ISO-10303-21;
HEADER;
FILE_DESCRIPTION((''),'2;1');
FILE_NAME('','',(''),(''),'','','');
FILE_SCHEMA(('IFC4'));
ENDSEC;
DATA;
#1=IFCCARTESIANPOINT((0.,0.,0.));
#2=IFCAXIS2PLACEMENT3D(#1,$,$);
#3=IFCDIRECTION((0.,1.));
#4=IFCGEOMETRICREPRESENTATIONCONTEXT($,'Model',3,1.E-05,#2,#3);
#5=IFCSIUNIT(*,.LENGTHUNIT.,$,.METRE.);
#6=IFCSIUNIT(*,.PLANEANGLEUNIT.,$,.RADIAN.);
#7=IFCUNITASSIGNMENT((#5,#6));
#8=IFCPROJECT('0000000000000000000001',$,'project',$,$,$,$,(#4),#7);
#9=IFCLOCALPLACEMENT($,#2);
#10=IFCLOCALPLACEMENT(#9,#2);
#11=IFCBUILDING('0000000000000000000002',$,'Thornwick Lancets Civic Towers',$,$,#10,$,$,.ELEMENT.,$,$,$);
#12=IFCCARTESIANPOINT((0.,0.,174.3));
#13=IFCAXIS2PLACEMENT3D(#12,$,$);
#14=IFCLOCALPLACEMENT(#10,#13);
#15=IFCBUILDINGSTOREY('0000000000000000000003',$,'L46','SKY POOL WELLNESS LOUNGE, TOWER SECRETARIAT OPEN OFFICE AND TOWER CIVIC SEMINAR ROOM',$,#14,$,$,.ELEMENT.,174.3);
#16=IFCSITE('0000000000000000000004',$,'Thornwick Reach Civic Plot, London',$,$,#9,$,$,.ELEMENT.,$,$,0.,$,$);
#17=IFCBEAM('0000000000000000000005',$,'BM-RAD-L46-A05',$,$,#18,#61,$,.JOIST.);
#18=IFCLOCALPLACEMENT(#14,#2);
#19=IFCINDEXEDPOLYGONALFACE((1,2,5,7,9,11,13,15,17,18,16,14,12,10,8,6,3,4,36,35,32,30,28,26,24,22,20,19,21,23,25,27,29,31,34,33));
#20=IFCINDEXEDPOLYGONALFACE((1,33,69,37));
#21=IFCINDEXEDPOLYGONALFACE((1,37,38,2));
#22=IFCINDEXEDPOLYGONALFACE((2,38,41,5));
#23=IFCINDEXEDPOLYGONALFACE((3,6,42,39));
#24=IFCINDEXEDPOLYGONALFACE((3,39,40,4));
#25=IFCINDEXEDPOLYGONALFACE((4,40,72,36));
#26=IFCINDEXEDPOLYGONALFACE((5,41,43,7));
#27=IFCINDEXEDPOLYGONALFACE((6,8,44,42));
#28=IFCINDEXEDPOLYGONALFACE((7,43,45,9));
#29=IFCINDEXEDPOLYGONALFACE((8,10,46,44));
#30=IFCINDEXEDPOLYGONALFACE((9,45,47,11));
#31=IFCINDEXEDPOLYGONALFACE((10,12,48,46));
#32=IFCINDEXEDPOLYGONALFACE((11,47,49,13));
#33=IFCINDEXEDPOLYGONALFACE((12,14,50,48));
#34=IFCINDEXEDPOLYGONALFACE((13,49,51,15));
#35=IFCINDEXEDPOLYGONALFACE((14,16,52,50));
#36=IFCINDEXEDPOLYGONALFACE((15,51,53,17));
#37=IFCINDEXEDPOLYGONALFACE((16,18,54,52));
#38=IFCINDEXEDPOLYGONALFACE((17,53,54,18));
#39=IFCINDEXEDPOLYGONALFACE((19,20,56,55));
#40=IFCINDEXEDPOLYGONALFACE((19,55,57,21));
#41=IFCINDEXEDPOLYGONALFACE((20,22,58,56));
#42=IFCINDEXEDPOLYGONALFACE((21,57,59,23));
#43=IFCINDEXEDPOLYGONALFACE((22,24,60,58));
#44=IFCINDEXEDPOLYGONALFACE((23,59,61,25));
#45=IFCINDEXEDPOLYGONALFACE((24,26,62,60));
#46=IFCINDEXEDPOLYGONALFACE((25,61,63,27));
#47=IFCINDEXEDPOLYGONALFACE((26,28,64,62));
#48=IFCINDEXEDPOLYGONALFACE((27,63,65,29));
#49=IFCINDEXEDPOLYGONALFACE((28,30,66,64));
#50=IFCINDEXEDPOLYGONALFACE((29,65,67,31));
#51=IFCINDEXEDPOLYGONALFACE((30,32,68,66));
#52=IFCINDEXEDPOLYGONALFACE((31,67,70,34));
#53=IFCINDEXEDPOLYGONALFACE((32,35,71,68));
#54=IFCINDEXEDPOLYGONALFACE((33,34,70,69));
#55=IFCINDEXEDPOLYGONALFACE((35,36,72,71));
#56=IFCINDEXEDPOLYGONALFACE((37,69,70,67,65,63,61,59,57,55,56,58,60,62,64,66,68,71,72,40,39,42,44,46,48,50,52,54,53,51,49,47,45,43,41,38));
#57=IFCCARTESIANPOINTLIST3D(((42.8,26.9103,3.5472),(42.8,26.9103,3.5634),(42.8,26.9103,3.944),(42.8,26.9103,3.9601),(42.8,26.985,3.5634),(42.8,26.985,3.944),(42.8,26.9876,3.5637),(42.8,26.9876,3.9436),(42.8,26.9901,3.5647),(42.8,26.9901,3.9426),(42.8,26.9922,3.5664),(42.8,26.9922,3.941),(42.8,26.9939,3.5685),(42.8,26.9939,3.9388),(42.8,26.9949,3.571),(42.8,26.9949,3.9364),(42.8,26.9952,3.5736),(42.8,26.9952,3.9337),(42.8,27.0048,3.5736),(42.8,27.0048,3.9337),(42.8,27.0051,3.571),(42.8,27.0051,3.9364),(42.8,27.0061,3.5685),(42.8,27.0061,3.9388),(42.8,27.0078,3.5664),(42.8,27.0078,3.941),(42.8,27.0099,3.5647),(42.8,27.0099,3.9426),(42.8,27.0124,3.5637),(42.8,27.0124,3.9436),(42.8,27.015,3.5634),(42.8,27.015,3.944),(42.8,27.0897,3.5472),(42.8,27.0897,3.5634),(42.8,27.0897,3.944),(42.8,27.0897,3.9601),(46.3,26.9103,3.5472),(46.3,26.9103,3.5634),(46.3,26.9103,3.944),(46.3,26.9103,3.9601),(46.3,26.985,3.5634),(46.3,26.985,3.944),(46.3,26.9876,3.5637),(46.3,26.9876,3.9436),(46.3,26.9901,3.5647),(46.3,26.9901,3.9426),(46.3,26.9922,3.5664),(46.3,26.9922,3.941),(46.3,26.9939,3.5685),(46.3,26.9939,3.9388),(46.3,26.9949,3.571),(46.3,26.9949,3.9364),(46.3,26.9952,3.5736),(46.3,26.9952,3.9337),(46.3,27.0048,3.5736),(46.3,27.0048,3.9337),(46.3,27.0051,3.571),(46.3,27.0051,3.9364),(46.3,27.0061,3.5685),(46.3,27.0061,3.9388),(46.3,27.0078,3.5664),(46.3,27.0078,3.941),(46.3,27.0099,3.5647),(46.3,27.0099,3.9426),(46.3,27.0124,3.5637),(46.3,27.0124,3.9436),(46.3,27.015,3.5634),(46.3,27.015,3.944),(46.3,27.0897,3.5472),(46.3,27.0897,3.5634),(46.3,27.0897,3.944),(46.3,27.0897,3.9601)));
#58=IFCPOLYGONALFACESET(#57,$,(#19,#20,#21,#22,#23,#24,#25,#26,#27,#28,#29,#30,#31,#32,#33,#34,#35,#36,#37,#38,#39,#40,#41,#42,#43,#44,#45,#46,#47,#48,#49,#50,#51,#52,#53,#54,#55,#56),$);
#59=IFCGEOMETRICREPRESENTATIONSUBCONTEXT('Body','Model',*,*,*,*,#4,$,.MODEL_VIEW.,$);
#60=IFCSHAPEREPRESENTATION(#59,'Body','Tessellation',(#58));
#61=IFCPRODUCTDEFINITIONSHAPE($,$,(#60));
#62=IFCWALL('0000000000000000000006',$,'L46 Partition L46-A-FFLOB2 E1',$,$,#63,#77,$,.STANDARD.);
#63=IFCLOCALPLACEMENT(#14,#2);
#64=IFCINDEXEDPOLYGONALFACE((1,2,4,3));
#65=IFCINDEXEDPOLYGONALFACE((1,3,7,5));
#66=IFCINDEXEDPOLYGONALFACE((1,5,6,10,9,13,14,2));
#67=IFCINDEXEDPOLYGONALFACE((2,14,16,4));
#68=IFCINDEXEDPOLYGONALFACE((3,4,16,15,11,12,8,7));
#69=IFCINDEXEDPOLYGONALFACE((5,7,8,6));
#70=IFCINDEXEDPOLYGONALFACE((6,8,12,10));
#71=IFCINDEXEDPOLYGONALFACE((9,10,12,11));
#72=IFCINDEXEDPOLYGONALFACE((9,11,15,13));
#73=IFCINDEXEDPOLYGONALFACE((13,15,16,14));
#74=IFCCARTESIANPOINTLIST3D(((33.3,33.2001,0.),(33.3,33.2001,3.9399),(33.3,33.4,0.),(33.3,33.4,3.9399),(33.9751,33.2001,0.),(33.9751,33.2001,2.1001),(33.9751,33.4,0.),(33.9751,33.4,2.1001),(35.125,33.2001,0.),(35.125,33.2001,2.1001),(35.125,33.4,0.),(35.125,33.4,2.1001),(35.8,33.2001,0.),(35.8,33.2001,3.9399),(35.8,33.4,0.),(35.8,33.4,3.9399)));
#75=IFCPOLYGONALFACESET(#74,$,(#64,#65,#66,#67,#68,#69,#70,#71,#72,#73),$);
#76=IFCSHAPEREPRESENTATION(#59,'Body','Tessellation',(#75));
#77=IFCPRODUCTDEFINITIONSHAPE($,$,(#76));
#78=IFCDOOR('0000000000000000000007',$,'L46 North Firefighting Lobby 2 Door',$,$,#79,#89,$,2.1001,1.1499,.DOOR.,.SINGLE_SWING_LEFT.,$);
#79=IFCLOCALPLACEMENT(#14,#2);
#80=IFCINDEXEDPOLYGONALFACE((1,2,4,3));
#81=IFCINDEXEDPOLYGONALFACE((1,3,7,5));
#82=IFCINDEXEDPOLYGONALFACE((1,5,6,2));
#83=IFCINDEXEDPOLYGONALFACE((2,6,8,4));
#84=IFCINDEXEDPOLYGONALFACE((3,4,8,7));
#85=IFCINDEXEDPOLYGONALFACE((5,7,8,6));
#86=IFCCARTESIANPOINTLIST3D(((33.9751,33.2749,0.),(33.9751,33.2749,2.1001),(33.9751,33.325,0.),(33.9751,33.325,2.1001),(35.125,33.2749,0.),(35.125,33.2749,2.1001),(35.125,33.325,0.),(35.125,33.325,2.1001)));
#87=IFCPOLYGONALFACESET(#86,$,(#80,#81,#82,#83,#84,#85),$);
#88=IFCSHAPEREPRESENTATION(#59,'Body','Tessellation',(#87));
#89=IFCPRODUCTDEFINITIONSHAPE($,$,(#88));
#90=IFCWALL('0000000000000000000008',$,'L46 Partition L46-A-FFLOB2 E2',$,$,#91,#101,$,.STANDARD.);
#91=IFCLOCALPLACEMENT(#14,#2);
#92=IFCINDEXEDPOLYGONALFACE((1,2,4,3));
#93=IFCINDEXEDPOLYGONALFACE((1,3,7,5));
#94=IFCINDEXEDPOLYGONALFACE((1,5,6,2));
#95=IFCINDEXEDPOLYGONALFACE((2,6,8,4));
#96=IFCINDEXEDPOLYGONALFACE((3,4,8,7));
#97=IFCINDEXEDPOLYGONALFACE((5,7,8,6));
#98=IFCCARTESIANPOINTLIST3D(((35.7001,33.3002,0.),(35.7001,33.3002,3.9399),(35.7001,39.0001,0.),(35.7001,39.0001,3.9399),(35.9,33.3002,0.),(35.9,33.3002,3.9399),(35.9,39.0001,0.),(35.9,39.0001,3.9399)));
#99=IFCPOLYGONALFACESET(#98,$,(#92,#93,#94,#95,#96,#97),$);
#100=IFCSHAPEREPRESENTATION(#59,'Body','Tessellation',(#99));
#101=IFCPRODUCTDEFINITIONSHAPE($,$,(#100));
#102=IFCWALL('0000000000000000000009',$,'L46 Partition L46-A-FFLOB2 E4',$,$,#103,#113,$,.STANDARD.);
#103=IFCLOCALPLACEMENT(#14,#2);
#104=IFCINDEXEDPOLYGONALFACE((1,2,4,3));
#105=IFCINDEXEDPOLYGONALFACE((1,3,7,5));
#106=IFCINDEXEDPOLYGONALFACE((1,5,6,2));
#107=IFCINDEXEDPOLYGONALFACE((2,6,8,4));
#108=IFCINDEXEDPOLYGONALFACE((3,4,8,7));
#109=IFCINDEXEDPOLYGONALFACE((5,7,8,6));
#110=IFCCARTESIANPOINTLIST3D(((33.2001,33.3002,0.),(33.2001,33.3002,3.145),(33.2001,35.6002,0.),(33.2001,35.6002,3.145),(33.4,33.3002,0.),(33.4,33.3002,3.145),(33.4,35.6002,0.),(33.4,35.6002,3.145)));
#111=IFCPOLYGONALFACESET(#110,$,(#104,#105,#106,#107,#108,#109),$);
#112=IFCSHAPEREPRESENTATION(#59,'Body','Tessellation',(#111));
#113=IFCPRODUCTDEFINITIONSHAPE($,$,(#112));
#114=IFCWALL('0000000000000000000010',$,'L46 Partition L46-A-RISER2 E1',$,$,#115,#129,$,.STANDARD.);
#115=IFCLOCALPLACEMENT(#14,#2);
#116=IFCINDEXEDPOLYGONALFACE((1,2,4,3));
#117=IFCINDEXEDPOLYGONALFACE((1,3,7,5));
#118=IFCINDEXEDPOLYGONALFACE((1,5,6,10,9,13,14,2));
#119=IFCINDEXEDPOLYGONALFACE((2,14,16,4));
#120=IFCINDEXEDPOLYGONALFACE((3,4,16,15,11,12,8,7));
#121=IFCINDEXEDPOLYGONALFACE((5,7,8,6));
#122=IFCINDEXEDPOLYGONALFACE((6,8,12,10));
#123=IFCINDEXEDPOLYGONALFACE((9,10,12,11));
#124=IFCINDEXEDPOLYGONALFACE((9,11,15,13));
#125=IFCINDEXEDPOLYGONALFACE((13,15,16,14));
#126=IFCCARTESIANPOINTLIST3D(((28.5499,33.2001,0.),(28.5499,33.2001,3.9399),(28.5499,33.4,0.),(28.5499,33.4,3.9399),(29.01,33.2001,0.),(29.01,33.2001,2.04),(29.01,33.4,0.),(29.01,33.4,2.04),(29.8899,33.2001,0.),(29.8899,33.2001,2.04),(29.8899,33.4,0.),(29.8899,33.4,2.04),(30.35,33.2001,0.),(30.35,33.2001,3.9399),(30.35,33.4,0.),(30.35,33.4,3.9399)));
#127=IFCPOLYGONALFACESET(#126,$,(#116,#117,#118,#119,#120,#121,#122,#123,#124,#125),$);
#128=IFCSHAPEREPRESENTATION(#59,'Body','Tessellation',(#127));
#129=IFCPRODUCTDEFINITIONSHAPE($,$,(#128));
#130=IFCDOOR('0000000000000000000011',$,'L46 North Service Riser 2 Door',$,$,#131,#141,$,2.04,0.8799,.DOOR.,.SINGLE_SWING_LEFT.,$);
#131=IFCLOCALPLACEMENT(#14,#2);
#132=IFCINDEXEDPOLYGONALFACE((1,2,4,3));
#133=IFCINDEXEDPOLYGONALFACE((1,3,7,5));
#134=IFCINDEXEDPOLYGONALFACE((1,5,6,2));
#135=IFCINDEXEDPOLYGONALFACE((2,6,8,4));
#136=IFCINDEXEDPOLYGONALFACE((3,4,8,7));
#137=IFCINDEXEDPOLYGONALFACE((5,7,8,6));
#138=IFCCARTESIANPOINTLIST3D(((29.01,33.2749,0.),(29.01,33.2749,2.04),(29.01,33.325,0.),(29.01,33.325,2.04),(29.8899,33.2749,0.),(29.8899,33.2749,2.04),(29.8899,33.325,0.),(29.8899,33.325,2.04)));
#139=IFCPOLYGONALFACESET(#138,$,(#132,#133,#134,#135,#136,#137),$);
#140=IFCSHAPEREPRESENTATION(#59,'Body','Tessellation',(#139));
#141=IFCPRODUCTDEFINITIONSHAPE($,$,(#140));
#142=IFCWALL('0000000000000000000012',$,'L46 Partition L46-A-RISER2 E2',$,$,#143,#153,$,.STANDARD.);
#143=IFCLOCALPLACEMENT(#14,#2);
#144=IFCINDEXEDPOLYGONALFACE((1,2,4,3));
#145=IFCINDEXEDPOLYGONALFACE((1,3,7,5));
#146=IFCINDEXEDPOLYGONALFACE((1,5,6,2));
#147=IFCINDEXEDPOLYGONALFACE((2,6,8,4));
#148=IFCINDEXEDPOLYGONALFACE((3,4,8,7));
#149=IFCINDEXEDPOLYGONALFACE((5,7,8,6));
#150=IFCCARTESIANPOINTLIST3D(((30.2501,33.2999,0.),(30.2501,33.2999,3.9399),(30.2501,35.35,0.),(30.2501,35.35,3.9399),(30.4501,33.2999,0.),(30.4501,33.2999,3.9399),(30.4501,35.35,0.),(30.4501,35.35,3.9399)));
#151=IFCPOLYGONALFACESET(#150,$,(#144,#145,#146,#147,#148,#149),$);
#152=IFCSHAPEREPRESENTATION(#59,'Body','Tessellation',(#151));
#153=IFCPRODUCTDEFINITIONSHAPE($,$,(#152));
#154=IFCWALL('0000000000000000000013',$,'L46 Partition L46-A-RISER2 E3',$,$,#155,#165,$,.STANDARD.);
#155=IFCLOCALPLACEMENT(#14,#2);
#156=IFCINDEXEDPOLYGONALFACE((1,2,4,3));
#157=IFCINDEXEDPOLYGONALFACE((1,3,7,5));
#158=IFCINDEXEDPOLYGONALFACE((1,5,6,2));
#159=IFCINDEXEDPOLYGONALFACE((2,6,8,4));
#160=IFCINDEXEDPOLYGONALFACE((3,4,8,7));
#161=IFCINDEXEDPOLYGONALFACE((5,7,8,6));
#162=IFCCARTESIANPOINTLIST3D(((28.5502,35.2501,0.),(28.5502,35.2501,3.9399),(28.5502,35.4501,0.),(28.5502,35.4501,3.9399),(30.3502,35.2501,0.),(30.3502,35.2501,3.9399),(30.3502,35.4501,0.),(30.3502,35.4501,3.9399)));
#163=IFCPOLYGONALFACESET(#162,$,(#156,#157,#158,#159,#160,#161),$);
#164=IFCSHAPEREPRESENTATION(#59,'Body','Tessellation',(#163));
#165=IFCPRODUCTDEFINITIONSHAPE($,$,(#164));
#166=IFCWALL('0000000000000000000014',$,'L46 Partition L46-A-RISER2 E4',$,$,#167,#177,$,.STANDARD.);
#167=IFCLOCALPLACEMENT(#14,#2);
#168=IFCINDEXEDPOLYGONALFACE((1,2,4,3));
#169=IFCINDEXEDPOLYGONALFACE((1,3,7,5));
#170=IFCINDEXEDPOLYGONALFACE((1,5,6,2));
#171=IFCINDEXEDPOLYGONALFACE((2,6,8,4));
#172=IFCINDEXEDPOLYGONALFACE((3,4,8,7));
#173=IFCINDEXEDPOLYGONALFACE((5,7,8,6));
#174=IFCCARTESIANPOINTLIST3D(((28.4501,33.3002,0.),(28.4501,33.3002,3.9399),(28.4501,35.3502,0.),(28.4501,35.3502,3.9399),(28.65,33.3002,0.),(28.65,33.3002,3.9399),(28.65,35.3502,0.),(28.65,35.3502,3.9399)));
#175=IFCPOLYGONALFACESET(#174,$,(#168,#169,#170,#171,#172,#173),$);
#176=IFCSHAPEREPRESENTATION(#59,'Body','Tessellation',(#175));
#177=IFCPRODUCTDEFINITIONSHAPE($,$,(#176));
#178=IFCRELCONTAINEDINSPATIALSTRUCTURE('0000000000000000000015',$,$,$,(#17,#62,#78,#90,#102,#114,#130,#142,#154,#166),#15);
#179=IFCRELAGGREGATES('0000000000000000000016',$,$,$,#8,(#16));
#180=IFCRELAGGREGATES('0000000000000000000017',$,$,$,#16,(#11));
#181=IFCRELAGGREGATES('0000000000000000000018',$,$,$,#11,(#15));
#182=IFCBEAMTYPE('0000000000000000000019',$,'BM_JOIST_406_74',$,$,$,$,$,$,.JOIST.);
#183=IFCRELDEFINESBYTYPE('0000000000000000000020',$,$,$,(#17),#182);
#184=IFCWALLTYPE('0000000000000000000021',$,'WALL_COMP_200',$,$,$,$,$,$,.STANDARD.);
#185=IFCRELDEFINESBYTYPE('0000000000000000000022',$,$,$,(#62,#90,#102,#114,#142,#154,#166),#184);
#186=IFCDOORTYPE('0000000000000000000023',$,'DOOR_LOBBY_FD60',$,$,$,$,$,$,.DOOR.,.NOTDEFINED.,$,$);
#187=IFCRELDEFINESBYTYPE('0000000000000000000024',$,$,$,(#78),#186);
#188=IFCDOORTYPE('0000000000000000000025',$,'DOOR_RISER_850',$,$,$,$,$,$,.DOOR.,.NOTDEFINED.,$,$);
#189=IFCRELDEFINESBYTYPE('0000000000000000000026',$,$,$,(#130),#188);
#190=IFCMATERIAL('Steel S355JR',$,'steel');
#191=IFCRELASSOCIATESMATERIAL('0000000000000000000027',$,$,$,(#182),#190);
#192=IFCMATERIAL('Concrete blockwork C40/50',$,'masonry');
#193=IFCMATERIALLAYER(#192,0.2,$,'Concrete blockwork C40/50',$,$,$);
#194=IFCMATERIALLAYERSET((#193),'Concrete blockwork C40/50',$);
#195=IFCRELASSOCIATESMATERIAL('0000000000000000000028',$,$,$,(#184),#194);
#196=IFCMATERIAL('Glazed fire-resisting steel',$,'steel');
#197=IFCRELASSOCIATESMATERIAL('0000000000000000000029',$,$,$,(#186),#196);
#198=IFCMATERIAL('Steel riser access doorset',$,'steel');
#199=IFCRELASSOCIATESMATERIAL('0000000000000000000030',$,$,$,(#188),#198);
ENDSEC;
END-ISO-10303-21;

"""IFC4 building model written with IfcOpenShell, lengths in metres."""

from ifc_helpers import new_model, si_unit, direction, frame, frame_2d, origin, origin_2d, place, context, subcontext, project, spatial, rectangle, i_section, extrude, material, layer, layer_set, material_profile, profile_set, type_object, element, fill, save


model = new_model("IFC4")

# Units and contexts
model_context = context("Model", 3, precision=1e-05, world=origin(), true_north=direction((0.0, 1.0)))
body_context = subcontext(model_context, "Body", "Model", "MODEL_VIEW")
ifc_project = project(units=[si_unit("LENGTHUNIT", "METRE"), si_unit("PLANEANGLEUNIT", "RADIAN")], contexts=[model_context])

# Site, building, storey
site_placement = place(None, origin())
site = spatial("IfcSite", under=ifc_project, at=site_placement, Name="Thornwick Reach Civic Plot, London", CompositionType="ELEMENT", RefElevation=0.0)
building_placement = place(site_placement, origin())
building = spatial("IfcBuilding", under=site, at=building_placement, Name="Thornwick Lancets Civic Towers", CompositionType="ELEMENT")
storey_placement = place(building_placement, frame((0.0, 0.0, 174.3)))
storey = spatial("IfcBuildingStorey", under=building, at=storey_placement, Name="L46", Description="SKY POOL WELLNESS LOUNGE, TOWER SECRETARIAT OPEN OFFICE AND TOWER CIVIC SEMINAR ROOM", CompositionType="ELEMENT", Elevation=174.3)

# Beam
ifc_material_1 = material(Name="Steel S355JR", Category="steel")
ifc_material_profile_1 = material_profile(ifc_material_1, i_section(OverallWidth=0.1794, OverallDepth=0.4128, WebThickness=0.0095, FlangeThickness=0.0161, FilletRadius=0.0103, at=origin_2d()), Name="UKB 406x178x74")
ifc_profile_set_1 = profile_set([ifc_material_profile_1], Name="Steel S355JR")
beam_type_1 = type_object("IfcBeamType", Name="BM_JOIST_406_74", PredefinedType="JOIST", material=ifc_profile_set_1)
beam_1_placement = place(storey_placement, frame((42.8, 27.0, 3.7537), z_axis=(1.0, 0.0, 0.0), x_axis=(0.0, 1.0, 0.0)))
element("IfcBeam", 1, at=beam_1_placement, inside=storey, type_object=beam_type_1, Name="BM-RAD-L46-A05", PredefinedType="JOIST", context=body_context, shape_type="SweptSolid", body=[
    extrude(i_section(OverallWidth=0.1794, OverallDepth=0.4128, WebThickness=0.0095, FlangeThickness=0.0161, FilletRadius=0.0103, at=origin_2d()), origin(), (0.0, 0.0, 1.0), 3.5),
])

# Wall, opening, door
ifc_material_2 = material(Name="Concrete blockwork C40/50", Category="masonry")
ifc_layer_1 = layer(ifc_material_2, 0.2, Name="Concrete blockwork C40/50")
ifc_layer_set_1 = layer_set([ifc_layer_1], Name="Concrete blockwork C40/50")
wall_type_1 = type_object("IfcWallType", Name="WALL_COMP_200", PredefinedType="STANDARD", material=ifc_layer_set_1)
wall_1_placement = place(storey_placement, frame((33.3, 33.3, 0.0), z_axis=(0.0, 0.0, 1.0), x_axis=(1.0, 0.0, 0.0)))
wall_1 = element("IfcWall", 2, at=wall_1_placement, inside=storey, type_object=wall_type_1, Name="L46 Partition L46-A-FFLOB2 E1", PredefinedType="STANDARD", context=body_context, shape_type="SweptSolid", body=[
    extrude(rectangle(XDim=2.5, YDim=0.2, at=frame_2d((1.25, 0.0))), origin(), (0.0, 0.0, 1.0), 3.9399),
])
opening_1_placement = place(wall_1_placement, frame((0.675, 0.0, 0.0)))
opening_1 = element("IfcOpeningElement", 3, at=opening_1_placement, cuts=wall_1, PredefinedType="OPENING", context=body_context, shape_type="SweptSolid", body=[
    extrude(rectangle(XDim=1.1499, YDim=2.1001, at=frame_2d((0.575, 1.05))), frame((0.0, 0.1099, 0.0), z_axis=(0.0, -1.0, 0.0), x_axis=(1.0, 0.0, 0.0)), (0.0, 0.0, 1.0), 0.22),
])
ifc_material_3 = material(Name="Glazed fire-resisting steel", Category="steel")
door_type_1 = type_object("IfcDoorType", Name="DOOR_LOBBY_FD60", OperationType="NOTDEFINED", PredefinedType="DOOR", material=ifc_material_3)
door_1_placement = place(opening_1_placement, origin())
door_1 = element("IfcDoor", 4, at=door_1_placement, inside=storey, type_object=door_type_1, Name="L46 North Firefighting Lobby 2 Door", OperationType="SINGLE_SWING_LEFT", OverallHeight=2.1001, OverallWidth=1.1499, PredefinedType="DOOR", context=body_context, shape_type="SweptSolid", body=[
    extrude(rectangle(XDim=1.1499, YDim=2.1001, at=frame_2d((0.575, 1.05))), frame((0.0, 0.0249, 0.0), z_axis=(0.0, -1.0, 0.0), x_axis=(1.0, 0.0, 0.0)), (0.0, 0.0, 1.0), 0.05),
])
fill(opening_1, door_1)

# Walls
wall_2_placement = place(storey_placement, frame((35.8, 33.3, 0.0), z_axis=(0.0, 0.0, 1.0), x_axis=(0.0, 1.0, 0.0)))
element("IfcWall", 5, at=wall_2_placement, inside=storey, type_object=wall_type_1, Name="L46 Partition L46-A-FFLOB2 E2", PredefinedType="STANDARD", context=body_context, shape_type="SweptSolid", body=[
    extrude(rectangle(XDim=5.7, YDim=0.2, at=frame_2d((2.8501, 0.0))), origin(), (0.0, 0.0, 1.0), 3.9399),
])
wall_3_placement = place(storey_placement, frame((33.3, 35.6001, 0.0), z_axis=(0.0, 0.0, 1.0), x_axis=(0.0, -1.0, 0.0)))
element("IfcWall", 6, at=wall_3_placement, inside=storey, type_object=wall_type_1, Name="L46 Partition L46-A-FFLOB2 E4", PredefinedType="STANDARD", context=body_context, shape_type="SweptSolid", body=[
    extrude(rectangle(XDim=2.3, YDim=0.2, at=frame_2d((1.1499, 0.0))), origin(), (0.0, 0.0, 1.0), 3.145),
])

# Wall, opening, door
wall_4_placement = place(storey_placement, frame((28.55, 33.3, 0.0), z_axis=(0.0, 0.0, 1.0), x_axis=(1.0, 0.0, 0.0)))
wall_4 = element("IfcWall", 7, at=wall_4_placement, inside=storey, type_object=wall_type_1, Name="L46 Partition L46-A-RISER2 E1", PredefinedType="STANDARD", context=body_context, shape_type="SweptSolid", body=[
    extrude(rectangle(XDim=1.8, YDim=0.2, at=frame_2d((0.8999, 0.0))), origin(), (0.0, 0.0, 1.0), 3.9399),
])
opening_2_placement = place(wall_4_placement, frame((0.46, 0.0, 0.0)))
opening_2 = element("IfcOpeningElement", 8, at=opening_2_placement, cuts=wall_4, PredefinedType="OPENING", context=body_context, shape_type="SweptSolid", body=[
    extrude(rectangle(XDim=0.8799, YDim=2.04, at=frame_2d((0.4399, 1.02))), frame((0.0, 0.1099, 0.0), z_axis=(0.0, -1.0, 0.0), x_axis=(1.0, 0.0, 0.0)), (0.0, 0.0, 1.0), 0.22),
])
ifc_material_4 = material(Name="Steel riser access doorset", Category="steel")
door_type_2 = type_object("IfcDoorType", Name="DOOR_RISER_850", OperationType="NOTDEFINED", PredefinedType="DOOR", material=ifc_material_4)
door_2_placement = place(opening_2_placement, origin())
door_2 = element("IfcDoor", 9, at=door_2_placement, inside=storey, type_object=door_type_2, Name="L46 North Service Riser 2 Door", OperationType="SINGLE_SWING_LEFT", OverallHeight=2.04, OverallWidth=0.8799, PredefinedType="DOOR", context=body_context, shape_type="SweptSolid", body=[
    extrude(rectangle(XDim=0.8799, YDim=2.04, at=frame_2d((0.4399, 1.02))), frame((0.0, 0.0249, 0.0), z_axis=(0.0, -1.0, 0.0), x_axis=(1.0, 0.0, 0.0)), (0.0, 0.0, 1.0), 0.05),
])
fill(opening_2, door_2)

# Walls
wall_5_placement = place(storey_placement, frame((30.3501, 33.3, 0.0), z_axis=(0.0, 0.0, 1.0), x_axis=(0.0, 1.0, 0.0)))
element("IfcWall", 10, at=wall_5_placement, inside=storey, type_object=wall_type_1, Name="L46 Partition L46-A-RISER2 E2", PredefinedType="STANDARD", context=body_context, shape_type="SweptSolid", body=[
    extrude(rectangle(XDim=2.05, YDim=0.2, at=frame_2d((1.0249, 0.0))), origin(), (0.0, 0.0, 1.0), 3.9399),
])
wall_6_placement = place(storey_placement, frame((30.3501, 35.3501, 0.0), z_axis=(0.0, 0.0, 1.0), x_axis=(-1.0, 0.0, 0.0)))
element("IfcWall", 11, at=wall_6_placement, inside=storey, type_object=wall_type_1, Name="L46 Partition L46-A-RISER2 E3", PredefinedType="STANDARD", context=body_context, shape_type="SweptSolid", body=[
    extrude(rectangle(XDim=1.8, YDim=0.2, at=frame_2d((0.8999, 0.0))), origin(), (0.0, 0.0, 1.0), 3.9399),
])
wall_7_placement = place(storey_placement, frame((28.55, 35.3501, 0.0), z_axis=(0.0, 0.0, 1.0), x_axis=(0.0, -1.0, 0.0)))
element("IfcWall", 12, at=wall_7_placement, inside=storey, type_object=wall_type_1, Name="L46 Partition L46-A-RISER2 E4", PredefinedType="STANDARD", context=body_context, shape_type="SweptSolid", body=[
    extrude(rectangle(XDim=2.05, YDim=0.2, at=frame_2d((1.0249, 0.0))), origin(), (0.0, 0.0, 1.0), 3.9399),
])

save(model, "model.ifc")
